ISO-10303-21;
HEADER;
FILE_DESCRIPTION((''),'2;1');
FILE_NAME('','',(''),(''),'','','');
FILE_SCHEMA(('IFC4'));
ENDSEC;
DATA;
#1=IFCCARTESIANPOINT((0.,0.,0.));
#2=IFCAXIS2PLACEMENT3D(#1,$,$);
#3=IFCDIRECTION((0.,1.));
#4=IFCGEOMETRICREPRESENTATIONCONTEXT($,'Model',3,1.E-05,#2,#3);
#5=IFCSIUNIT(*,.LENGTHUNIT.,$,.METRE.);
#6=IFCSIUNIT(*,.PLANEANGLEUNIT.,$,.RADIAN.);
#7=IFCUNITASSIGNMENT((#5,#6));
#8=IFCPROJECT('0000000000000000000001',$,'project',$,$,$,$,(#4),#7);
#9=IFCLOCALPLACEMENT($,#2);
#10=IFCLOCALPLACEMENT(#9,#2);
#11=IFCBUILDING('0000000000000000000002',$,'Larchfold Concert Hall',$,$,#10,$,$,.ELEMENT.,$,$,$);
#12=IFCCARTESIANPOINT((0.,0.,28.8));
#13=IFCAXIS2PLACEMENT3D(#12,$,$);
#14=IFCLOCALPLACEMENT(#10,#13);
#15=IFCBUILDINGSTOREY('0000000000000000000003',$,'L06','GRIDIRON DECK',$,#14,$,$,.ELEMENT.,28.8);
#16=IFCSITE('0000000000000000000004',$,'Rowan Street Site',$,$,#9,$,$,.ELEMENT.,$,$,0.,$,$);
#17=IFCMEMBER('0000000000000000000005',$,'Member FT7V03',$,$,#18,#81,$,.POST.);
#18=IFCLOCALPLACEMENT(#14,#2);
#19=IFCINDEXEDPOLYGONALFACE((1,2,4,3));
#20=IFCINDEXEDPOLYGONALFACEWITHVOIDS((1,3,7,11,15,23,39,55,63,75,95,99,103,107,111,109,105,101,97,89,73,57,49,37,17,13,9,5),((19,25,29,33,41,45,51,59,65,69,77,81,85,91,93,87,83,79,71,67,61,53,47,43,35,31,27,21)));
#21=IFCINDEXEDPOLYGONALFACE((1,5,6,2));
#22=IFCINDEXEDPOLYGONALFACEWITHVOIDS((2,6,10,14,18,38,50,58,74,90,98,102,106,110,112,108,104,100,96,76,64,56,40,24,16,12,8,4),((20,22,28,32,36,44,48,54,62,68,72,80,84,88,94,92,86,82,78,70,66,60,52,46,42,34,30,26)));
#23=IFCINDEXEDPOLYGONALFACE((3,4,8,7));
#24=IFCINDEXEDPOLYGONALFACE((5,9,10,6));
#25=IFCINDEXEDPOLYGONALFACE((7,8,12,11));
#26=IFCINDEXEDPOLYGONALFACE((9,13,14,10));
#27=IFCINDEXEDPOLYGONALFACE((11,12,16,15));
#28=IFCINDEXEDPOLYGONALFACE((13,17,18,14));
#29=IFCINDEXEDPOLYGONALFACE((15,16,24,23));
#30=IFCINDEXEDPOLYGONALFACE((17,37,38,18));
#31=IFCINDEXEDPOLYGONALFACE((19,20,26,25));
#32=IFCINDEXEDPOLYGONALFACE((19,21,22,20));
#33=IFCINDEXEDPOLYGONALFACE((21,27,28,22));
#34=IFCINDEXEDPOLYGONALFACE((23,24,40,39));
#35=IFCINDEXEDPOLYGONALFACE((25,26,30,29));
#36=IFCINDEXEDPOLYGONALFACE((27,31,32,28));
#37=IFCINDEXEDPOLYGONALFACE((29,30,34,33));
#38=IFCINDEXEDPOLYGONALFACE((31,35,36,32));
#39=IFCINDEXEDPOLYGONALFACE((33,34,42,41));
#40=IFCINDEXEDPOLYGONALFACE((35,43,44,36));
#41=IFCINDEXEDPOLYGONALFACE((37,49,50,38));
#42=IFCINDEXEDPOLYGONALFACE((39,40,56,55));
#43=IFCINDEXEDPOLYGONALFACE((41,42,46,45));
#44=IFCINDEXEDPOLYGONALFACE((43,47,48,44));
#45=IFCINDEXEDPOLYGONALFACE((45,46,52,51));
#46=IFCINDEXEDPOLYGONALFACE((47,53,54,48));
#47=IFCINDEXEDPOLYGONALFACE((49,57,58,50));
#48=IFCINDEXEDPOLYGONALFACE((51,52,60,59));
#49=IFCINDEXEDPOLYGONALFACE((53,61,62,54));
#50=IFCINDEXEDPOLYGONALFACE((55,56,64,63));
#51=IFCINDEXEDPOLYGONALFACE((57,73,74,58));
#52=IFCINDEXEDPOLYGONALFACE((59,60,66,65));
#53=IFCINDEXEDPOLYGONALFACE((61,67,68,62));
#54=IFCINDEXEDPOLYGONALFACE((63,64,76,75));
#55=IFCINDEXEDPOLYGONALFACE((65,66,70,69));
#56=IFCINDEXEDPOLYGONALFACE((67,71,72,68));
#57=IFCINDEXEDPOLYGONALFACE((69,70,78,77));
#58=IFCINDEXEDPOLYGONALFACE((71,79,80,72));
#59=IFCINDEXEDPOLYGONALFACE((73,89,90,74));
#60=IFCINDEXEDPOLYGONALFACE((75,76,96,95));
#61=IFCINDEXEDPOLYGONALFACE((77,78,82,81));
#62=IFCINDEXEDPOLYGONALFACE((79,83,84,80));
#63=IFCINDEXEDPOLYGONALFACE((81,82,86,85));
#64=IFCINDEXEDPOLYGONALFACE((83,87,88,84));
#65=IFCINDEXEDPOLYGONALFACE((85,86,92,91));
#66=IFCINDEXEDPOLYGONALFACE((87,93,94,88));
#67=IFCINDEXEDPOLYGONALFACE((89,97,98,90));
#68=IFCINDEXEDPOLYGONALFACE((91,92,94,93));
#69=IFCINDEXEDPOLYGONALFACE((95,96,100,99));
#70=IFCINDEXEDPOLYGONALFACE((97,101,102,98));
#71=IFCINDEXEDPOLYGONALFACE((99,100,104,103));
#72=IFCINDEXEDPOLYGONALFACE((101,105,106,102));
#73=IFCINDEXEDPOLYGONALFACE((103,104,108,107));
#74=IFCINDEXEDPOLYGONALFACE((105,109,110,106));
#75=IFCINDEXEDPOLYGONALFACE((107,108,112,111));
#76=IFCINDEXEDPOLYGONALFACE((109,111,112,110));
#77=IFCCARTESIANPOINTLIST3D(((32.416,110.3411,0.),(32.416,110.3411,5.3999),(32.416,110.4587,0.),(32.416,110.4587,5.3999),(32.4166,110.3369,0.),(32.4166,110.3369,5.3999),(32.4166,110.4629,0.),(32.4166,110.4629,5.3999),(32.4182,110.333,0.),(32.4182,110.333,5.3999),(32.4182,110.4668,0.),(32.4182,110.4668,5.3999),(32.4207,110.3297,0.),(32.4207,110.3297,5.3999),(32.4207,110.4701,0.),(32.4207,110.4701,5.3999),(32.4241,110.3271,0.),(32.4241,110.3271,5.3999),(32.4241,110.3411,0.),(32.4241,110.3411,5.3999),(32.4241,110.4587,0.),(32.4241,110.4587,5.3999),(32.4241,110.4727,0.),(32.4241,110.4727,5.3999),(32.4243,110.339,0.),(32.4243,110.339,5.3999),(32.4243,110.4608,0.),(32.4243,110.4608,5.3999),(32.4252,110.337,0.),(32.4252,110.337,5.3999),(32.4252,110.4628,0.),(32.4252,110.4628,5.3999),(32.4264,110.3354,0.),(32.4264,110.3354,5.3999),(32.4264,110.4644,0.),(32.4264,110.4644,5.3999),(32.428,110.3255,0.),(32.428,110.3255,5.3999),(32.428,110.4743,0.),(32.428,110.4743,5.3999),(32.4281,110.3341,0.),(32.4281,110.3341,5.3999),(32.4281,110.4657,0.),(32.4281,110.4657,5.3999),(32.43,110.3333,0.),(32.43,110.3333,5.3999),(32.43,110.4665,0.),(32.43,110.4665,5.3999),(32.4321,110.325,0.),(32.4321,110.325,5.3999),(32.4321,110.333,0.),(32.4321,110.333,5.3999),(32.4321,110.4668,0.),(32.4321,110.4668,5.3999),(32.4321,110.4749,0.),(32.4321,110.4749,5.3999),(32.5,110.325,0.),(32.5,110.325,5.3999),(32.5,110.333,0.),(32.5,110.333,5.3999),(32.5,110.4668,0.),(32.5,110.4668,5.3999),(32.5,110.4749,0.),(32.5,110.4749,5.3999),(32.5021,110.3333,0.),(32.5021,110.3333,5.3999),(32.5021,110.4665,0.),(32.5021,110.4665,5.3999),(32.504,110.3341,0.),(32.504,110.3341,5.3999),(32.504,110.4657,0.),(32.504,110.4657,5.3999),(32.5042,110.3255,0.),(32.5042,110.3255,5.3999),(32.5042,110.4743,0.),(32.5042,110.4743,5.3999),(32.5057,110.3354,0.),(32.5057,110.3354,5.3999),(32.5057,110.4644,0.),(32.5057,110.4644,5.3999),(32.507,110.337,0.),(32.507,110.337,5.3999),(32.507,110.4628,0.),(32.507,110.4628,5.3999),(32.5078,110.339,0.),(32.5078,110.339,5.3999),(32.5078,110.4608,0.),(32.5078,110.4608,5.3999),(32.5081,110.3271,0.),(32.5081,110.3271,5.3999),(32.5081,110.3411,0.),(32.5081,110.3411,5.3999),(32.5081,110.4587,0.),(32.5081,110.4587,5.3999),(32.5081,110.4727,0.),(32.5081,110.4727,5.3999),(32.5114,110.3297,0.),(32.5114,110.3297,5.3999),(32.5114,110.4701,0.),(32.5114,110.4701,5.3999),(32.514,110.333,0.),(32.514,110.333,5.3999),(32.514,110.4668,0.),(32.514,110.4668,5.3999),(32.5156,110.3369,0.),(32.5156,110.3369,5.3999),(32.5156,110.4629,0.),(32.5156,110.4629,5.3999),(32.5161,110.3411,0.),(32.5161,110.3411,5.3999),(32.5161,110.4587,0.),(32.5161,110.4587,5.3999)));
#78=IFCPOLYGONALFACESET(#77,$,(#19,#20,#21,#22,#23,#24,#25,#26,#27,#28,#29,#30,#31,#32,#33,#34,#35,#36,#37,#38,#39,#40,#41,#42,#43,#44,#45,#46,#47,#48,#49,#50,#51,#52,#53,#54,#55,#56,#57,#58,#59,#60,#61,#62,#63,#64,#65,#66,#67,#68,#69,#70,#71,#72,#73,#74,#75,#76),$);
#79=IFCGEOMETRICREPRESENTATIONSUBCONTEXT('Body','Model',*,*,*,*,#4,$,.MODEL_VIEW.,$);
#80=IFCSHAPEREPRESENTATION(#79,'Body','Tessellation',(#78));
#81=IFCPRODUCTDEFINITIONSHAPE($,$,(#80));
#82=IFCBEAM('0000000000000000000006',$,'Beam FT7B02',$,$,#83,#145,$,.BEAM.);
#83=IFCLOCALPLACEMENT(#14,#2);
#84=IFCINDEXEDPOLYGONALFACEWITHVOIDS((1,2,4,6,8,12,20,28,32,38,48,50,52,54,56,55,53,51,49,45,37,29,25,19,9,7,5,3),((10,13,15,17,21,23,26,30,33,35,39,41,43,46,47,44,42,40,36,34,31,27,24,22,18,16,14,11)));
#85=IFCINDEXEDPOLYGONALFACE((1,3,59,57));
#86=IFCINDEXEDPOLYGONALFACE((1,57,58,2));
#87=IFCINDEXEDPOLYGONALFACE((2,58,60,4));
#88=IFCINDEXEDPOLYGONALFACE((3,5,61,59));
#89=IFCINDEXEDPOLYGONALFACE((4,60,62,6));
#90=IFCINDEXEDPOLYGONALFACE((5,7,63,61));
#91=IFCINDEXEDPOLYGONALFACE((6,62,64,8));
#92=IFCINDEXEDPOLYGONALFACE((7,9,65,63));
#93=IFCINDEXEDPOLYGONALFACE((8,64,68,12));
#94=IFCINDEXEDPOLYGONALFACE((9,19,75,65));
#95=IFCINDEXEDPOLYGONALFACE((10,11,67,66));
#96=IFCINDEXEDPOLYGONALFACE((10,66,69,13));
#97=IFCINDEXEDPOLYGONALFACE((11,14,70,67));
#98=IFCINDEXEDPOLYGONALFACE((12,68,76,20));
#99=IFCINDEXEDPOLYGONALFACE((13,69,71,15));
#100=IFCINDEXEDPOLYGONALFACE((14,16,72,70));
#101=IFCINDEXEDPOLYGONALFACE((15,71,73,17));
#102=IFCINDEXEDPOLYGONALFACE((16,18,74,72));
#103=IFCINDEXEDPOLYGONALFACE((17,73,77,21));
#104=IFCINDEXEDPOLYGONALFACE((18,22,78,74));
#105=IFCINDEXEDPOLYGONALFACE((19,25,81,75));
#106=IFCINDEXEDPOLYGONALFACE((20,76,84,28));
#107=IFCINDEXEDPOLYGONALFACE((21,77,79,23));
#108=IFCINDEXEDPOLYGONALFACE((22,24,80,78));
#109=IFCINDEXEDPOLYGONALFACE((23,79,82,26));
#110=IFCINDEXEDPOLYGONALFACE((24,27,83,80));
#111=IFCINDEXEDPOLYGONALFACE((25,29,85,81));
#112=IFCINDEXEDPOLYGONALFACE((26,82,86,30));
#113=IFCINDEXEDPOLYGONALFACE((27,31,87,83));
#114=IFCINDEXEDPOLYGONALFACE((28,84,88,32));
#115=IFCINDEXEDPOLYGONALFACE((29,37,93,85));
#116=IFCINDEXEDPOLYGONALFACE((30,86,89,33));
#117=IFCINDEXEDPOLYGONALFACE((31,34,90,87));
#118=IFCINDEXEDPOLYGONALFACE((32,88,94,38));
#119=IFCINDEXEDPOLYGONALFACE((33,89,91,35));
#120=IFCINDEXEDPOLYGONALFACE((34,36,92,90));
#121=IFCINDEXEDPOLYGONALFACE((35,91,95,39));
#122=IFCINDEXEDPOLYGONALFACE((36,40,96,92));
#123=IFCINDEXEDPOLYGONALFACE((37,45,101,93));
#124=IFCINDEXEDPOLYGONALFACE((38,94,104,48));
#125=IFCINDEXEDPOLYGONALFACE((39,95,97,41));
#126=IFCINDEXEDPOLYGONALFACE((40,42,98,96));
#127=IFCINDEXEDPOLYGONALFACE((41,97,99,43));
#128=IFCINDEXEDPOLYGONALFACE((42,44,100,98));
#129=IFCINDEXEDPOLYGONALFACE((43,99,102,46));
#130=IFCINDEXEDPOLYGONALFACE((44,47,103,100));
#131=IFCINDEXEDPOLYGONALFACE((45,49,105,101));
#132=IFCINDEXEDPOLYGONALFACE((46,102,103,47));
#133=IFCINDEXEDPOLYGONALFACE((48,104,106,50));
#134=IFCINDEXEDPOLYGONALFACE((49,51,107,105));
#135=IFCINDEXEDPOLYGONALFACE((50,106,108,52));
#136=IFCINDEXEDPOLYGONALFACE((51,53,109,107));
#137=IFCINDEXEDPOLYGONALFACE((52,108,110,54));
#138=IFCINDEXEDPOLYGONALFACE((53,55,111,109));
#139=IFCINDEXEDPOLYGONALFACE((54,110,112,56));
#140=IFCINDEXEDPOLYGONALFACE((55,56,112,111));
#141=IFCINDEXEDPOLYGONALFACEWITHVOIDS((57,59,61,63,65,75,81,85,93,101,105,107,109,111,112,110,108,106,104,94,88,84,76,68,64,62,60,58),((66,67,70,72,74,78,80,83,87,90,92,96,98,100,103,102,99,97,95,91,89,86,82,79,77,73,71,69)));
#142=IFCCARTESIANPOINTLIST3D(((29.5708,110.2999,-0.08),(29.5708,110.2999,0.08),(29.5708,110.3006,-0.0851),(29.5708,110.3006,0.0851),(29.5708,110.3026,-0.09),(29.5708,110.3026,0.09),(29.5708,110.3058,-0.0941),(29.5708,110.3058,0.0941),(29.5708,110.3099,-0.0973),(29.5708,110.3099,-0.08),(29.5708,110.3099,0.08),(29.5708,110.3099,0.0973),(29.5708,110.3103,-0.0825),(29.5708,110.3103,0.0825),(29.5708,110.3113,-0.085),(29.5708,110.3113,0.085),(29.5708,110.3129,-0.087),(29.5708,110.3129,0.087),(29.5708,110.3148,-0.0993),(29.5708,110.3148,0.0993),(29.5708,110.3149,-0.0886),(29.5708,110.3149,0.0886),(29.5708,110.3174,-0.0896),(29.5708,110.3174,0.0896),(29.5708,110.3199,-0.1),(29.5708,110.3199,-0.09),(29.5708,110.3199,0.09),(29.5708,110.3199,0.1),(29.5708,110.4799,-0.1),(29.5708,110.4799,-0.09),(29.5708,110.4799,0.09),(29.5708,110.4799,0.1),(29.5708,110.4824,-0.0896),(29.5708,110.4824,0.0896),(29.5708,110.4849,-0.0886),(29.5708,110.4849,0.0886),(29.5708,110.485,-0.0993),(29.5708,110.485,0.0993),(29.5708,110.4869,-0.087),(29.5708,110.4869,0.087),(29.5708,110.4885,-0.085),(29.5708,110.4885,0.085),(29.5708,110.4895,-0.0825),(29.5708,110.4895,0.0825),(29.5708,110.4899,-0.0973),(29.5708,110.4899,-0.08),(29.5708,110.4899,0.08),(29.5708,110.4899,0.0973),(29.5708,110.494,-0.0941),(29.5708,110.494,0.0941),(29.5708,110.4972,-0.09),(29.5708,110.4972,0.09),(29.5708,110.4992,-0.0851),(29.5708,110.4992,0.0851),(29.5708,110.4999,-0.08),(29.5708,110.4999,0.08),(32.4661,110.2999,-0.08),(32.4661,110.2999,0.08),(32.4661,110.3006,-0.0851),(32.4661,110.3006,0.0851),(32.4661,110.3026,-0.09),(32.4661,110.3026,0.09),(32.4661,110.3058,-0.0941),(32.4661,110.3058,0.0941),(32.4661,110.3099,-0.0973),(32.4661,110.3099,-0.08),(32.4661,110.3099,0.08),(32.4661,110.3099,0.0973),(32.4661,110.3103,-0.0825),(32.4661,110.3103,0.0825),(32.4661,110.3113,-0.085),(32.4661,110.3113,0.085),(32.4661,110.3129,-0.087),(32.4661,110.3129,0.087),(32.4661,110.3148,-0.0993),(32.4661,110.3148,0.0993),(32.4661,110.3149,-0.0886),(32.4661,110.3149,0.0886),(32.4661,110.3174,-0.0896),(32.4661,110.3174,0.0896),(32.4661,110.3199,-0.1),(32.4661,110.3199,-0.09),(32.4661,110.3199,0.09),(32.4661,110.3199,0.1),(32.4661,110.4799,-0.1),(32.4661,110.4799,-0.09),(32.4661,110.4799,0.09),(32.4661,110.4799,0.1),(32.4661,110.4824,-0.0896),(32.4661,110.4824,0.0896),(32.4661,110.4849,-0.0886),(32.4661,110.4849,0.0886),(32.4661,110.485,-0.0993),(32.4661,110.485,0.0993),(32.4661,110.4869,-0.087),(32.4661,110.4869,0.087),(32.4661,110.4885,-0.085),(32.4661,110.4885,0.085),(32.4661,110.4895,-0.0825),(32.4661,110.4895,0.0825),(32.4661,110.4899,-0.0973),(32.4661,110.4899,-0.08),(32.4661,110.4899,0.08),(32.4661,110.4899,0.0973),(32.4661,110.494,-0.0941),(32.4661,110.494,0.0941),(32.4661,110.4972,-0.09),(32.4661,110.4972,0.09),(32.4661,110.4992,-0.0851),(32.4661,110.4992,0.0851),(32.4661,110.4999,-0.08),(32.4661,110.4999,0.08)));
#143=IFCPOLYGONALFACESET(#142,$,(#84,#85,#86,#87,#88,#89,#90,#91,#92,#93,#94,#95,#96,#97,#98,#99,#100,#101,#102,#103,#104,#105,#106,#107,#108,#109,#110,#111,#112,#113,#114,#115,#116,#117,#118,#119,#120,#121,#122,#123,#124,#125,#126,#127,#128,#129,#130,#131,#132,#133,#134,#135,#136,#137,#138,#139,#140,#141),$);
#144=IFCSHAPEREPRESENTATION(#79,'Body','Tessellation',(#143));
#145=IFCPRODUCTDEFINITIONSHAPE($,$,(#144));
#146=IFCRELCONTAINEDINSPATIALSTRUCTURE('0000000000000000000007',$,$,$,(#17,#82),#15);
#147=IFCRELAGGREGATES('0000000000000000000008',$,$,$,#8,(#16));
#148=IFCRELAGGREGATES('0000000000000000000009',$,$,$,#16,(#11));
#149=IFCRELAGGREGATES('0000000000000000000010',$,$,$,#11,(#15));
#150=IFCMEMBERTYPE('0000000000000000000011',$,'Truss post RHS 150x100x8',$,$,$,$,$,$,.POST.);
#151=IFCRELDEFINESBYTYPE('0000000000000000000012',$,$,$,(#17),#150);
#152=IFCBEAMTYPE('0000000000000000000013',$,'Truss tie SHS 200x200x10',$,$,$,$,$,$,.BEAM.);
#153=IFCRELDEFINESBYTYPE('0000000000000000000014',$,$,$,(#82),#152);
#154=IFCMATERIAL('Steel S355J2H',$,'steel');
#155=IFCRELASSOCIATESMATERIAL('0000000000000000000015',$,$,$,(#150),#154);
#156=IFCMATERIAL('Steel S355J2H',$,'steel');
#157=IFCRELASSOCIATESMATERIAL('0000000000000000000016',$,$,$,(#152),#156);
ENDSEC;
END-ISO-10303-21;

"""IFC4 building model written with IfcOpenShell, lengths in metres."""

from ifc_helpers import new_model, si_unit, direction, frame, origin, origin_2d, place, context, subcontext, project, spatial, hollow_rectangle, extrude, material, material_profile, profile_set, type_object, element, save


model = new_model("IFC4")

# Units and contexts
model_context = context("Model", 3, precision=1e-05, world=origin(), true_north=direction((0.0, 1.0)))
body_context = subcontext(model_context, "Body", "Model", "MODEL_VIEW")
ifc_project = project(units=[si_unit("LENGTHUNIT", "METRE"), si_unit("PLANEANGLEUNIT", "RADIAN")], contexts=[model_context])

# Site, building, storey
site_placement = place(None, origin())
site = spatial("IfcSite", under=ifc_project, at=site_placement, Name="Rowan Street Site", CompositionType="ELEMENT", RefElevation=0.0)
building_placement = place(site_placement, origin())
building = spatial("IfcBuilding", under=site, at=building_placement, Name="Larchfold Concert Hall", CompositionType="ELEMENT")
storey_placement = place(building_placement, frame((0.0, 0.0, 28.8)))
storey = spatial("IfcBuildingStorey", under=building, at=storey_placement, Name="L06", Description="GRIDIRON DECK", CompositionType="ELEMENT", Elevation=28.8)

# Member
ifc_material_1 = material(Name="Steel S355J2H", Category="steel")
ifc_material_profile_1 = material_profile(ifc_material_1, hollow_rectangle(XDim=0.1001, YDim=0.1499, WallThickness=0.0081, InnerFilletRadius=0.0081, OuterFilletRadius=0.0161, at=origin_2d()))
ifc_profile_set_1 = profile_set([ifc_material_profile_1], Name="Steel S355J2H")
member_type_1 = type_object("IfcMemberType", Name="Truss post RHS 150x100x8", PredefinedType="POST", material=ifc_profile_set_1)
for number, where, z_axis, x_axis, name in (
    (1, (32.4661, 110.3999, 5.3999), (0.0, 0.0, -1.0), (1.0, 0.0, 0.0), "Member FT7V03"),
):
    element("IfcMember", number, at=place(storey_placement, frame(where, z_axis=z_axis, x_axis=x_axis)), inside=storey, type_object=member_type_1, Name=name, PredefinedType="POST", context=body_context, shape_type="SweptSolid", body=[
        extrude(hollow_rectangle(XDim=0.1001, YDim=0.1499, WallThickness=0.0081, InnerFilletRadius=0.0081, OuterFilletRadius=0.0161, at=origin_2d()), origin(), (0.0, 0.0, 1.0), 5.3999),
    ])

# Beam
ifc_material_2 = material(Name="Steel S355J2H", Category="steel")
ifc_material_profile_2 = material_profile(ifc_material_2, hollow_rectangle(XDim=0.2, YDim=0.2, WallThickness=0.01, InnerFilletRadius=0.01, OuterFilletRadius=0.02, at=origin_2d()))
ifc_profile_set_2 = profile_set([ifc_material_profile_2], Name="Steel S355J2H")
beam_type_1 = type_object("IfcBeamType", Name="Truss tie SHS 200x200x10", PredefinedType="BEAM", material=ifc_profile_set_2)
beam_1_placement = place(storey_placement, frame((29.5708, 110.3999, 0.0), z_axis=(1.0, 0.0, 0.0), x_axis=(0.0, 1.0, 0.0)))
element("IfcBeam", 2, at=beam_1_placement, inside=storey, type_object=beam_type_1, Name="Beam FT7B02", PredefinedType="BEAM", context=body_context, shape_type="SweptSolid", body=[
    extrude(hollow_rectangle(XDim=0.2, YDim=0.2, WallThickness=0.01, InnerFilletRadius=0.01, OuterFilletRadius=0.02, at=origin_2d()), origin(), (0.0, 0.0, 1.0), 2.8953),
])

save(model, "model.ifc")
